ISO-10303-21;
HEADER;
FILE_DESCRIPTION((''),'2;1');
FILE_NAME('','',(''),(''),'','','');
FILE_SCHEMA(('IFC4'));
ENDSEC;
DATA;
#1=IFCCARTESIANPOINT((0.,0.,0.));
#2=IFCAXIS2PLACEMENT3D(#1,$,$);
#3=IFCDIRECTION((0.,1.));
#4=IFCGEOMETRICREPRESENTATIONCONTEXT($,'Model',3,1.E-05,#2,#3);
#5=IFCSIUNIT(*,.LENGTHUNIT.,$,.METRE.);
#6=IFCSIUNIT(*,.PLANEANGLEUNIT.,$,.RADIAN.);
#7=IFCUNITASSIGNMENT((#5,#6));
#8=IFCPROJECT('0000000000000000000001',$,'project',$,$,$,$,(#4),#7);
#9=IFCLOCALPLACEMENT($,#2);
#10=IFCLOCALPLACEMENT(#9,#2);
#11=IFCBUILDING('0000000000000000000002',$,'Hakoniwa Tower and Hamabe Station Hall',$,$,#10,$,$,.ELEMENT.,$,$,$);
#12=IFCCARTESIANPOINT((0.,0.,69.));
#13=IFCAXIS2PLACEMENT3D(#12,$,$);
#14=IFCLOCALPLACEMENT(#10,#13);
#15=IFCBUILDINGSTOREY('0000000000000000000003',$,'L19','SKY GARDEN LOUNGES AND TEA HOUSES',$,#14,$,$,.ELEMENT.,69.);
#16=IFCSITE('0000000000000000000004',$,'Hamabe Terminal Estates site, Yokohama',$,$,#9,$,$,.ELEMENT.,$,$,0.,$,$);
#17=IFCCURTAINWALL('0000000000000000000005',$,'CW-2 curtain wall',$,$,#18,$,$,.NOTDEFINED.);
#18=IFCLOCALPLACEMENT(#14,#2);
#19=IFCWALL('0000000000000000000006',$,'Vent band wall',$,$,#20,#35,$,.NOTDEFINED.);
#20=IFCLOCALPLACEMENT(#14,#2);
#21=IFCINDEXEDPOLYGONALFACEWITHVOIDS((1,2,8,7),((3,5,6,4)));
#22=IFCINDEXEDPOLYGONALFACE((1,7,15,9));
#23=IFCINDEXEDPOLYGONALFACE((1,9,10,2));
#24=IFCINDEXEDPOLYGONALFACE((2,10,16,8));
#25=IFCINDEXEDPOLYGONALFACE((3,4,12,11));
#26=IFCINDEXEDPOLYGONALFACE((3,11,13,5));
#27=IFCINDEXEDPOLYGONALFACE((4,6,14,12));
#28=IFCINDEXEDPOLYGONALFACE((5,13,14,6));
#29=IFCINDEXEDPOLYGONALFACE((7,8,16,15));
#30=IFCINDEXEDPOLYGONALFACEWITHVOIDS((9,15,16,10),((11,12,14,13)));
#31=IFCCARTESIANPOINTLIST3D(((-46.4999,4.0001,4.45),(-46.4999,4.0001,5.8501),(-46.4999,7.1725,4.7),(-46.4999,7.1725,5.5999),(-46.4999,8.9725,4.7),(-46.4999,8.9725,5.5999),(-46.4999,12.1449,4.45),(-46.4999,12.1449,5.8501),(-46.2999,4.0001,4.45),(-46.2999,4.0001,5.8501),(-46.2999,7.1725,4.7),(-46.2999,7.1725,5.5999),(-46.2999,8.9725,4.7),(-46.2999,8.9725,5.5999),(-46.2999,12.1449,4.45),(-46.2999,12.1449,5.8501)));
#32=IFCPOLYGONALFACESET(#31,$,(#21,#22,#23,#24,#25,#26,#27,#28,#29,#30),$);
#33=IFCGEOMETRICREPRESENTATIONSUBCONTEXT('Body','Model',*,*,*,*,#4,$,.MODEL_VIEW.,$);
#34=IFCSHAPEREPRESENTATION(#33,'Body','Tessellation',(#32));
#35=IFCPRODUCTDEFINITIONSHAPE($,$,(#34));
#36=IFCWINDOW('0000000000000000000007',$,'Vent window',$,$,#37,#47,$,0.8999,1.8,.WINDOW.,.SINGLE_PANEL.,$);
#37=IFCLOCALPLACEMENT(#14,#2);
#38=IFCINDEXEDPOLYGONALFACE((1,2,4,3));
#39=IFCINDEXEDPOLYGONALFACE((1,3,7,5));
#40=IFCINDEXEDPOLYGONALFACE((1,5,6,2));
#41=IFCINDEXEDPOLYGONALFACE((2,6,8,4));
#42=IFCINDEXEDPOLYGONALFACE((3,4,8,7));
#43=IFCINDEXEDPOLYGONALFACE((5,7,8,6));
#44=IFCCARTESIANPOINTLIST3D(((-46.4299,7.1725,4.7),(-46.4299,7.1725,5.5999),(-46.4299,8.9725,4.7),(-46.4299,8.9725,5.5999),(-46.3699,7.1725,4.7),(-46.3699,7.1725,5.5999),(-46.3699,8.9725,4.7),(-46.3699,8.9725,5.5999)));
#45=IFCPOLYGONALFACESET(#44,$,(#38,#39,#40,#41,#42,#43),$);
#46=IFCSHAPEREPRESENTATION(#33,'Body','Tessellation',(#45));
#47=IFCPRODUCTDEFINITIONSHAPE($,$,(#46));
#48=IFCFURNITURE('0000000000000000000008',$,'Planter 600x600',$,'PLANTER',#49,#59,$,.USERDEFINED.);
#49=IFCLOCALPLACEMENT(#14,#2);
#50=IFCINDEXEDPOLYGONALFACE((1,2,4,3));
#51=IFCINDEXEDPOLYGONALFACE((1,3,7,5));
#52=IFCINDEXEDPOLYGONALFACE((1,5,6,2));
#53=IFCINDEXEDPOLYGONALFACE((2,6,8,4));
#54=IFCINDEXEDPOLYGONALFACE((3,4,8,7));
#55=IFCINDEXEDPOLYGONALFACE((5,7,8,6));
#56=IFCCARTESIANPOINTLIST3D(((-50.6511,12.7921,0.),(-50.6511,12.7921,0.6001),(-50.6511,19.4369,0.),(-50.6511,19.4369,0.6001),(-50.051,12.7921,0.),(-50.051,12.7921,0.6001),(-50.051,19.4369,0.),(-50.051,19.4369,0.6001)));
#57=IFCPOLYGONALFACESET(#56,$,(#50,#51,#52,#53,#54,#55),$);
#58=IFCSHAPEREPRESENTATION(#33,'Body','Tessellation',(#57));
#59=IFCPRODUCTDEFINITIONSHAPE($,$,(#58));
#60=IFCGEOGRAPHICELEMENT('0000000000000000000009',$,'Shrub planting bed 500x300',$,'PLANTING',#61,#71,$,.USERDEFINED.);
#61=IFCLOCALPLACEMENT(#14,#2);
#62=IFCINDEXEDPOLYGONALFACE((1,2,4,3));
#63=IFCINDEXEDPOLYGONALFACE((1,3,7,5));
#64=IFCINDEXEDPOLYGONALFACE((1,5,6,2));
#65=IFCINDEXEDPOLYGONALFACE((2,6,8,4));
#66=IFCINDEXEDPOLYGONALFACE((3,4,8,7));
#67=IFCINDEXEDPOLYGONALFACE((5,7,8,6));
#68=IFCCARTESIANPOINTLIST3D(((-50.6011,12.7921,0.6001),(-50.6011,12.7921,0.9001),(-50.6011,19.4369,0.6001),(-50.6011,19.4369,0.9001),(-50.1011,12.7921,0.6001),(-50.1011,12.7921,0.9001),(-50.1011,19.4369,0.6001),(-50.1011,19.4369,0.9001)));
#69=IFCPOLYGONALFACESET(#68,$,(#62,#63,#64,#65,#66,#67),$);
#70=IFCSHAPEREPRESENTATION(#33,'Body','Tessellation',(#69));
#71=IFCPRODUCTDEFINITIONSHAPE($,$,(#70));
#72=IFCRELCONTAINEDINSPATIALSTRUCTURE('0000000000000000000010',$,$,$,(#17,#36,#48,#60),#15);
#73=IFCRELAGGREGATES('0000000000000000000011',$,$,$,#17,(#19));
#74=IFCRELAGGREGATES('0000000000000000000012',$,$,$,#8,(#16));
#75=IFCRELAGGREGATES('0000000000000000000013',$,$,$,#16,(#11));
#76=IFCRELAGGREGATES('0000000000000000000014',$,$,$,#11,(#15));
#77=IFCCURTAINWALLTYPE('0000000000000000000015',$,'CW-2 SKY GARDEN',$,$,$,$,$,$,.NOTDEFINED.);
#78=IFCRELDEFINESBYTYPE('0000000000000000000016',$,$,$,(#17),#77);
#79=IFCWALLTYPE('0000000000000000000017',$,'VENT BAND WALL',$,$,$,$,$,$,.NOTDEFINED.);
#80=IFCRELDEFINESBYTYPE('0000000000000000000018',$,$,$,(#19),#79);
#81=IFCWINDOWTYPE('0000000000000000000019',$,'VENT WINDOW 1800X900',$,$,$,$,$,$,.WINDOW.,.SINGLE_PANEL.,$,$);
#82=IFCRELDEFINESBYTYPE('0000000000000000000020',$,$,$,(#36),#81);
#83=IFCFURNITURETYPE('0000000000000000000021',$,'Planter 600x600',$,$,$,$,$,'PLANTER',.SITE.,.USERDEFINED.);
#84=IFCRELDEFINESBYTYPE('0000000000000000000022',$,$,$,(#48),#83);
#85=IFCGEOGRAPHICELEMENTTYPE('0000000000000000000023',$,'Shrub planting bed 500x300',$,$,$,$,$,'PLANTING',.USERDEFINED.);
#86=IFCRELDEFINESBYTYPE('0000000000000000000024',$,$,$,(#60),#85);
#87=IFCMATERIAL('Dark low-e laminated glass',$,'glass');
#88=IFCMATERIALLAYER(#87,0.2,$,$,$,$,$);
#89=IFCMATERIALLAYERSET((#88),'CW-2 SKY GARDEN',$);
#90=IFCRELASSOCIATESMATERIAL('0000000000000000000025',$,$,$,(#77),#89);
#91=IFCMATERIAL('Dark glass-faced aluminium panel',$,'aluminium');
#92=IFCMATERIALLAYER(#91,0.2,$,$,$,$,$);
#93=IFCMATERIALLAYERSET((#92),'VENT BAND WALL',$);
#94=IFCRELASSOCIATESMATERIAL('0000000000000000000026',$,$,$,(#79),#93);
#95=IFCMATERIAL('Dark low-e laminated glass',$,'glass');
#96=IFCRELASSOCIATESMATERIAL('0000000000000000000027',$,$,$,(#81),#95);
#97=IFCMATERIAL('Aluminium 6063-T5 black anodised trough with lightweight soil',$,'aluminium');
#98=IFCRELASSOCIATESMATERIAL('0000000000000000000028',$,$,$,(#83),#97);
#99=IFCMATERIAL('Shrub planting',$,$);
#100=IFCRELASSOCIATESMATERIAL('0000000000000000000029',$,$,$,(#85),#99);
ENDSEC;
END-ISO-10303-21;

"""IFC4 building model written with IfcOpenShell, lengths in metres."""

from ifc_helpers import new_model, si_unit, direction, frame, frame_2d, origin, origin_2d, place, context, subcontext, project, spatial, rectangle, extrude, material, layer, layer_set, type_object, element, fill, aggregate, save


model = new_model("IFC4")

# Units and contexts
model_context = context("Model", 3, precision=1e-05, world=origin(), true_north=direction((0.0, 1.0)))
body_context = subcontext(model_context, "Body", "Model", "MODEL_VIEW")
ifc_project = project(units=[si_unit("LENGTHUNIT", "METRE"), si_unit("PLANEANGLEUNIT", "RADIAN")], contexts=[model_context])

# Site, building, storey
site_placement = place(None, origin())
site = spatial("IfcSite", under=ifc_project, at=site_placement, Name="Hamabe Terminal Estates site, Yokohama", CompositionType="ELEMENT", RefElevation=0.0)
building_placement = place(site_placement, origin())
building = spatial("IfcBuilding", under=site, at=building_placement, Name="Hakoniwa Tower and Hamabe Station Hall", CompositionType="ELEMENT")
storey_placement = place(building_placement, frame((0.0, 0.0, 69.0)))
storey = spatial("IfcBuildingStorey", under=building, at=storey_placement, Name="L19", Description="SKY GARDEN LOUNGES AND TEA HOUSES", CompositionType="ELEMENT", Elevation=69.0)

# Curtain wall
ifc_material_1 = material(Name="Dark low-e laminated glass", Category="glass")
ifc_layer_1 = layer(ifc_material_1, 0.2)
ifc_layer_set_1 = layer_set([ifc_layer_1], Name="CW-2 SKY GARDEN")
curtain_wall_type = type_object("IfcCurtainWallType", Name="CW-2 SKY GARDEN", PredefinedType="NOTDEFINED", material=ifc_layer_set_1)
curtain_wall_1_placement = place(storey_placement, origin())
curtain_wall_1 = element("IfcCurtainWall", 1, at=curtain_wall_1_placement, inside=storey, type_object=curtain_wall_type, Name="CW-2 curtain wall", PredefinedType="NOTDEFINED")

# Shared definitions
ifc_material_2 = material(Name="Dark glass-faced aluminium panel", Category="aluminium")
ifc_layer_2 = layer(ifc_material_2, 0.2)
ifc_layer_set_2 = layer_set([ifc_layer_2], Name="VENT BAND WALL")
wall_type_1 = type_object("IfcWallType", Name="VENT BAND WALL", PredefinedType="NOTDEFINED", material=ifc_layer_set_2)
ifc_material_3 = material(Name="Dark low-e laminated glass", Category="glass")
window_type = type_object("IfcWindowType", Name="VENT WINDOW 1800X900", PartitioningType="SINGLE_PANEL", PredefinedType="WINDOW", material=ifc_material_3)

# Wall, opening, window
wall_1_placement = place(storey_placement, frame((-46.3999, 12.1448, 4.45), z_axis=(0.0, 0.0, 1.0), x_axis=(0.0, -1.0, 0.0)))
wall_1 = element("IfcWall", 2, at=wall_1_placement, type_object=wall_type_1, Name="Vent band wall", PredefinedType="NOTDEFINED", context=body_context, shape_type="SweptSolid", body=[
    extrude(rectangle(XDim=8.1448, YDim=0.2, at=frame_2d((4.0723, 0.0))), origin(), (0.0, 0.0, 1.0), 1.4001),
])
opening_1_placement = place(wall_1_placement, frame((3.1724, 0.0, 0.25)))
opening_1 = element("IfcOpeningElement", 3, at=opening_1_placement, cuts=wall_1, PredefinedType="OPENING", context=body_context, shape_type="SweptSolid", body=[
    extrude(rectangle(XDim=1.8, YDim=0.8999, at=frame_2d((0.8999, 0.45))), frame((0.0, 0.1099, 0.0), z_axis=(0.0, -1.0, 0.0), x_axis=(1.0, 0.0, 0.0)), (0.0, 0.0, 1.0), 0.22),
])
window_1_placement = place(opening_1_placement, origin())
window_1 = element("IfcWindow", 4, at=window_1_placement, inside=storey, type_object=window_type, Name="Vent window", OverallHeight=0.8999, OverallWidth=1.8, PartitioningType="SINGLE_PANEL", PredefinedType="WINDOW", context=body_context, shape_type="SweptSolid", body=[
    extrude(rectangle(XDim=1.8, YDim=0.8999, at=frame_2d((0.8999, 0.45))), frame((0.0, 0.03, 0.0), z_axis=(0.0, -1.0, 0.0), x_axis=(1.0, 0.0, 0.0)), (0.0, 0.0, 1.0), 0.0601),
])
fill(opening_1, window_1)
aggregate(curtain_wall_1, [wall_1])

# Furniture
ifc_material_4 = material(Name="Aluminium 6063-T5 black anodised trough with lightweight soil", Category="aluminium")
furniture_type = type_object("IfcFurnitureType", Name="Planter 600x600", ElementType="PLANTER", AssemblyPlace="SITE", PredefinedType="USERDEFINED", material=ifc_material_4)
furniture_placement = place(storey_placement, frame((-50.3511, 16.1145, 0.0), z_axis=(0.0, 0.0, 1.0), x_axis=(0.0, -1.0, 0.0)))
element("IfcFurniture", 5, at=furniture_placement, inside=storey, type_object=furniture_type, Name="Planter 600x600", ObjectType="PLANTER", PredefinedType="USERDEFINED", context=body_context, shape_type="SweptSolid", body=[
    extrude(rectangle(XDim=6.6448, YDim=0.6001, at=origin_2d()), origin(), (0.0, 0.0, 1.0), 0.6001),
])

# Geographic element
ifc_material_5 = material(Name="Shrub planting")
geographic_element_type = type_object("IfcGeographicElementType", Name="Shrub planting bed 500x300", ElementType="PLANTING", PredefinedType="USERDEFINED", material=ifc_material_5)
geographic_element_placement = place(storey_placement, frame((-50.3511, 16.1145, 0.6001), z_axis=(0.0, 0.0, 1.0), x_axis=(0.0, -1.0, 0.0)))
element("IfcGeographicElement", 6, at=geographic_element_placement, inside=storey, type_object=geographic_element_type, Name="Shrub planting bed 500x300", ObjectType="PLANTING", PredefinedType="USERDEFINED", context=body_context, shape_type="SweptSolid", body=[
    extrude(rectangle(XDim=6.6448, YDim=0.5, at=origin_2d()), origin(), (0.0, 0.0, 1.0), 0.3),
])

save(model, "model.ifc")
